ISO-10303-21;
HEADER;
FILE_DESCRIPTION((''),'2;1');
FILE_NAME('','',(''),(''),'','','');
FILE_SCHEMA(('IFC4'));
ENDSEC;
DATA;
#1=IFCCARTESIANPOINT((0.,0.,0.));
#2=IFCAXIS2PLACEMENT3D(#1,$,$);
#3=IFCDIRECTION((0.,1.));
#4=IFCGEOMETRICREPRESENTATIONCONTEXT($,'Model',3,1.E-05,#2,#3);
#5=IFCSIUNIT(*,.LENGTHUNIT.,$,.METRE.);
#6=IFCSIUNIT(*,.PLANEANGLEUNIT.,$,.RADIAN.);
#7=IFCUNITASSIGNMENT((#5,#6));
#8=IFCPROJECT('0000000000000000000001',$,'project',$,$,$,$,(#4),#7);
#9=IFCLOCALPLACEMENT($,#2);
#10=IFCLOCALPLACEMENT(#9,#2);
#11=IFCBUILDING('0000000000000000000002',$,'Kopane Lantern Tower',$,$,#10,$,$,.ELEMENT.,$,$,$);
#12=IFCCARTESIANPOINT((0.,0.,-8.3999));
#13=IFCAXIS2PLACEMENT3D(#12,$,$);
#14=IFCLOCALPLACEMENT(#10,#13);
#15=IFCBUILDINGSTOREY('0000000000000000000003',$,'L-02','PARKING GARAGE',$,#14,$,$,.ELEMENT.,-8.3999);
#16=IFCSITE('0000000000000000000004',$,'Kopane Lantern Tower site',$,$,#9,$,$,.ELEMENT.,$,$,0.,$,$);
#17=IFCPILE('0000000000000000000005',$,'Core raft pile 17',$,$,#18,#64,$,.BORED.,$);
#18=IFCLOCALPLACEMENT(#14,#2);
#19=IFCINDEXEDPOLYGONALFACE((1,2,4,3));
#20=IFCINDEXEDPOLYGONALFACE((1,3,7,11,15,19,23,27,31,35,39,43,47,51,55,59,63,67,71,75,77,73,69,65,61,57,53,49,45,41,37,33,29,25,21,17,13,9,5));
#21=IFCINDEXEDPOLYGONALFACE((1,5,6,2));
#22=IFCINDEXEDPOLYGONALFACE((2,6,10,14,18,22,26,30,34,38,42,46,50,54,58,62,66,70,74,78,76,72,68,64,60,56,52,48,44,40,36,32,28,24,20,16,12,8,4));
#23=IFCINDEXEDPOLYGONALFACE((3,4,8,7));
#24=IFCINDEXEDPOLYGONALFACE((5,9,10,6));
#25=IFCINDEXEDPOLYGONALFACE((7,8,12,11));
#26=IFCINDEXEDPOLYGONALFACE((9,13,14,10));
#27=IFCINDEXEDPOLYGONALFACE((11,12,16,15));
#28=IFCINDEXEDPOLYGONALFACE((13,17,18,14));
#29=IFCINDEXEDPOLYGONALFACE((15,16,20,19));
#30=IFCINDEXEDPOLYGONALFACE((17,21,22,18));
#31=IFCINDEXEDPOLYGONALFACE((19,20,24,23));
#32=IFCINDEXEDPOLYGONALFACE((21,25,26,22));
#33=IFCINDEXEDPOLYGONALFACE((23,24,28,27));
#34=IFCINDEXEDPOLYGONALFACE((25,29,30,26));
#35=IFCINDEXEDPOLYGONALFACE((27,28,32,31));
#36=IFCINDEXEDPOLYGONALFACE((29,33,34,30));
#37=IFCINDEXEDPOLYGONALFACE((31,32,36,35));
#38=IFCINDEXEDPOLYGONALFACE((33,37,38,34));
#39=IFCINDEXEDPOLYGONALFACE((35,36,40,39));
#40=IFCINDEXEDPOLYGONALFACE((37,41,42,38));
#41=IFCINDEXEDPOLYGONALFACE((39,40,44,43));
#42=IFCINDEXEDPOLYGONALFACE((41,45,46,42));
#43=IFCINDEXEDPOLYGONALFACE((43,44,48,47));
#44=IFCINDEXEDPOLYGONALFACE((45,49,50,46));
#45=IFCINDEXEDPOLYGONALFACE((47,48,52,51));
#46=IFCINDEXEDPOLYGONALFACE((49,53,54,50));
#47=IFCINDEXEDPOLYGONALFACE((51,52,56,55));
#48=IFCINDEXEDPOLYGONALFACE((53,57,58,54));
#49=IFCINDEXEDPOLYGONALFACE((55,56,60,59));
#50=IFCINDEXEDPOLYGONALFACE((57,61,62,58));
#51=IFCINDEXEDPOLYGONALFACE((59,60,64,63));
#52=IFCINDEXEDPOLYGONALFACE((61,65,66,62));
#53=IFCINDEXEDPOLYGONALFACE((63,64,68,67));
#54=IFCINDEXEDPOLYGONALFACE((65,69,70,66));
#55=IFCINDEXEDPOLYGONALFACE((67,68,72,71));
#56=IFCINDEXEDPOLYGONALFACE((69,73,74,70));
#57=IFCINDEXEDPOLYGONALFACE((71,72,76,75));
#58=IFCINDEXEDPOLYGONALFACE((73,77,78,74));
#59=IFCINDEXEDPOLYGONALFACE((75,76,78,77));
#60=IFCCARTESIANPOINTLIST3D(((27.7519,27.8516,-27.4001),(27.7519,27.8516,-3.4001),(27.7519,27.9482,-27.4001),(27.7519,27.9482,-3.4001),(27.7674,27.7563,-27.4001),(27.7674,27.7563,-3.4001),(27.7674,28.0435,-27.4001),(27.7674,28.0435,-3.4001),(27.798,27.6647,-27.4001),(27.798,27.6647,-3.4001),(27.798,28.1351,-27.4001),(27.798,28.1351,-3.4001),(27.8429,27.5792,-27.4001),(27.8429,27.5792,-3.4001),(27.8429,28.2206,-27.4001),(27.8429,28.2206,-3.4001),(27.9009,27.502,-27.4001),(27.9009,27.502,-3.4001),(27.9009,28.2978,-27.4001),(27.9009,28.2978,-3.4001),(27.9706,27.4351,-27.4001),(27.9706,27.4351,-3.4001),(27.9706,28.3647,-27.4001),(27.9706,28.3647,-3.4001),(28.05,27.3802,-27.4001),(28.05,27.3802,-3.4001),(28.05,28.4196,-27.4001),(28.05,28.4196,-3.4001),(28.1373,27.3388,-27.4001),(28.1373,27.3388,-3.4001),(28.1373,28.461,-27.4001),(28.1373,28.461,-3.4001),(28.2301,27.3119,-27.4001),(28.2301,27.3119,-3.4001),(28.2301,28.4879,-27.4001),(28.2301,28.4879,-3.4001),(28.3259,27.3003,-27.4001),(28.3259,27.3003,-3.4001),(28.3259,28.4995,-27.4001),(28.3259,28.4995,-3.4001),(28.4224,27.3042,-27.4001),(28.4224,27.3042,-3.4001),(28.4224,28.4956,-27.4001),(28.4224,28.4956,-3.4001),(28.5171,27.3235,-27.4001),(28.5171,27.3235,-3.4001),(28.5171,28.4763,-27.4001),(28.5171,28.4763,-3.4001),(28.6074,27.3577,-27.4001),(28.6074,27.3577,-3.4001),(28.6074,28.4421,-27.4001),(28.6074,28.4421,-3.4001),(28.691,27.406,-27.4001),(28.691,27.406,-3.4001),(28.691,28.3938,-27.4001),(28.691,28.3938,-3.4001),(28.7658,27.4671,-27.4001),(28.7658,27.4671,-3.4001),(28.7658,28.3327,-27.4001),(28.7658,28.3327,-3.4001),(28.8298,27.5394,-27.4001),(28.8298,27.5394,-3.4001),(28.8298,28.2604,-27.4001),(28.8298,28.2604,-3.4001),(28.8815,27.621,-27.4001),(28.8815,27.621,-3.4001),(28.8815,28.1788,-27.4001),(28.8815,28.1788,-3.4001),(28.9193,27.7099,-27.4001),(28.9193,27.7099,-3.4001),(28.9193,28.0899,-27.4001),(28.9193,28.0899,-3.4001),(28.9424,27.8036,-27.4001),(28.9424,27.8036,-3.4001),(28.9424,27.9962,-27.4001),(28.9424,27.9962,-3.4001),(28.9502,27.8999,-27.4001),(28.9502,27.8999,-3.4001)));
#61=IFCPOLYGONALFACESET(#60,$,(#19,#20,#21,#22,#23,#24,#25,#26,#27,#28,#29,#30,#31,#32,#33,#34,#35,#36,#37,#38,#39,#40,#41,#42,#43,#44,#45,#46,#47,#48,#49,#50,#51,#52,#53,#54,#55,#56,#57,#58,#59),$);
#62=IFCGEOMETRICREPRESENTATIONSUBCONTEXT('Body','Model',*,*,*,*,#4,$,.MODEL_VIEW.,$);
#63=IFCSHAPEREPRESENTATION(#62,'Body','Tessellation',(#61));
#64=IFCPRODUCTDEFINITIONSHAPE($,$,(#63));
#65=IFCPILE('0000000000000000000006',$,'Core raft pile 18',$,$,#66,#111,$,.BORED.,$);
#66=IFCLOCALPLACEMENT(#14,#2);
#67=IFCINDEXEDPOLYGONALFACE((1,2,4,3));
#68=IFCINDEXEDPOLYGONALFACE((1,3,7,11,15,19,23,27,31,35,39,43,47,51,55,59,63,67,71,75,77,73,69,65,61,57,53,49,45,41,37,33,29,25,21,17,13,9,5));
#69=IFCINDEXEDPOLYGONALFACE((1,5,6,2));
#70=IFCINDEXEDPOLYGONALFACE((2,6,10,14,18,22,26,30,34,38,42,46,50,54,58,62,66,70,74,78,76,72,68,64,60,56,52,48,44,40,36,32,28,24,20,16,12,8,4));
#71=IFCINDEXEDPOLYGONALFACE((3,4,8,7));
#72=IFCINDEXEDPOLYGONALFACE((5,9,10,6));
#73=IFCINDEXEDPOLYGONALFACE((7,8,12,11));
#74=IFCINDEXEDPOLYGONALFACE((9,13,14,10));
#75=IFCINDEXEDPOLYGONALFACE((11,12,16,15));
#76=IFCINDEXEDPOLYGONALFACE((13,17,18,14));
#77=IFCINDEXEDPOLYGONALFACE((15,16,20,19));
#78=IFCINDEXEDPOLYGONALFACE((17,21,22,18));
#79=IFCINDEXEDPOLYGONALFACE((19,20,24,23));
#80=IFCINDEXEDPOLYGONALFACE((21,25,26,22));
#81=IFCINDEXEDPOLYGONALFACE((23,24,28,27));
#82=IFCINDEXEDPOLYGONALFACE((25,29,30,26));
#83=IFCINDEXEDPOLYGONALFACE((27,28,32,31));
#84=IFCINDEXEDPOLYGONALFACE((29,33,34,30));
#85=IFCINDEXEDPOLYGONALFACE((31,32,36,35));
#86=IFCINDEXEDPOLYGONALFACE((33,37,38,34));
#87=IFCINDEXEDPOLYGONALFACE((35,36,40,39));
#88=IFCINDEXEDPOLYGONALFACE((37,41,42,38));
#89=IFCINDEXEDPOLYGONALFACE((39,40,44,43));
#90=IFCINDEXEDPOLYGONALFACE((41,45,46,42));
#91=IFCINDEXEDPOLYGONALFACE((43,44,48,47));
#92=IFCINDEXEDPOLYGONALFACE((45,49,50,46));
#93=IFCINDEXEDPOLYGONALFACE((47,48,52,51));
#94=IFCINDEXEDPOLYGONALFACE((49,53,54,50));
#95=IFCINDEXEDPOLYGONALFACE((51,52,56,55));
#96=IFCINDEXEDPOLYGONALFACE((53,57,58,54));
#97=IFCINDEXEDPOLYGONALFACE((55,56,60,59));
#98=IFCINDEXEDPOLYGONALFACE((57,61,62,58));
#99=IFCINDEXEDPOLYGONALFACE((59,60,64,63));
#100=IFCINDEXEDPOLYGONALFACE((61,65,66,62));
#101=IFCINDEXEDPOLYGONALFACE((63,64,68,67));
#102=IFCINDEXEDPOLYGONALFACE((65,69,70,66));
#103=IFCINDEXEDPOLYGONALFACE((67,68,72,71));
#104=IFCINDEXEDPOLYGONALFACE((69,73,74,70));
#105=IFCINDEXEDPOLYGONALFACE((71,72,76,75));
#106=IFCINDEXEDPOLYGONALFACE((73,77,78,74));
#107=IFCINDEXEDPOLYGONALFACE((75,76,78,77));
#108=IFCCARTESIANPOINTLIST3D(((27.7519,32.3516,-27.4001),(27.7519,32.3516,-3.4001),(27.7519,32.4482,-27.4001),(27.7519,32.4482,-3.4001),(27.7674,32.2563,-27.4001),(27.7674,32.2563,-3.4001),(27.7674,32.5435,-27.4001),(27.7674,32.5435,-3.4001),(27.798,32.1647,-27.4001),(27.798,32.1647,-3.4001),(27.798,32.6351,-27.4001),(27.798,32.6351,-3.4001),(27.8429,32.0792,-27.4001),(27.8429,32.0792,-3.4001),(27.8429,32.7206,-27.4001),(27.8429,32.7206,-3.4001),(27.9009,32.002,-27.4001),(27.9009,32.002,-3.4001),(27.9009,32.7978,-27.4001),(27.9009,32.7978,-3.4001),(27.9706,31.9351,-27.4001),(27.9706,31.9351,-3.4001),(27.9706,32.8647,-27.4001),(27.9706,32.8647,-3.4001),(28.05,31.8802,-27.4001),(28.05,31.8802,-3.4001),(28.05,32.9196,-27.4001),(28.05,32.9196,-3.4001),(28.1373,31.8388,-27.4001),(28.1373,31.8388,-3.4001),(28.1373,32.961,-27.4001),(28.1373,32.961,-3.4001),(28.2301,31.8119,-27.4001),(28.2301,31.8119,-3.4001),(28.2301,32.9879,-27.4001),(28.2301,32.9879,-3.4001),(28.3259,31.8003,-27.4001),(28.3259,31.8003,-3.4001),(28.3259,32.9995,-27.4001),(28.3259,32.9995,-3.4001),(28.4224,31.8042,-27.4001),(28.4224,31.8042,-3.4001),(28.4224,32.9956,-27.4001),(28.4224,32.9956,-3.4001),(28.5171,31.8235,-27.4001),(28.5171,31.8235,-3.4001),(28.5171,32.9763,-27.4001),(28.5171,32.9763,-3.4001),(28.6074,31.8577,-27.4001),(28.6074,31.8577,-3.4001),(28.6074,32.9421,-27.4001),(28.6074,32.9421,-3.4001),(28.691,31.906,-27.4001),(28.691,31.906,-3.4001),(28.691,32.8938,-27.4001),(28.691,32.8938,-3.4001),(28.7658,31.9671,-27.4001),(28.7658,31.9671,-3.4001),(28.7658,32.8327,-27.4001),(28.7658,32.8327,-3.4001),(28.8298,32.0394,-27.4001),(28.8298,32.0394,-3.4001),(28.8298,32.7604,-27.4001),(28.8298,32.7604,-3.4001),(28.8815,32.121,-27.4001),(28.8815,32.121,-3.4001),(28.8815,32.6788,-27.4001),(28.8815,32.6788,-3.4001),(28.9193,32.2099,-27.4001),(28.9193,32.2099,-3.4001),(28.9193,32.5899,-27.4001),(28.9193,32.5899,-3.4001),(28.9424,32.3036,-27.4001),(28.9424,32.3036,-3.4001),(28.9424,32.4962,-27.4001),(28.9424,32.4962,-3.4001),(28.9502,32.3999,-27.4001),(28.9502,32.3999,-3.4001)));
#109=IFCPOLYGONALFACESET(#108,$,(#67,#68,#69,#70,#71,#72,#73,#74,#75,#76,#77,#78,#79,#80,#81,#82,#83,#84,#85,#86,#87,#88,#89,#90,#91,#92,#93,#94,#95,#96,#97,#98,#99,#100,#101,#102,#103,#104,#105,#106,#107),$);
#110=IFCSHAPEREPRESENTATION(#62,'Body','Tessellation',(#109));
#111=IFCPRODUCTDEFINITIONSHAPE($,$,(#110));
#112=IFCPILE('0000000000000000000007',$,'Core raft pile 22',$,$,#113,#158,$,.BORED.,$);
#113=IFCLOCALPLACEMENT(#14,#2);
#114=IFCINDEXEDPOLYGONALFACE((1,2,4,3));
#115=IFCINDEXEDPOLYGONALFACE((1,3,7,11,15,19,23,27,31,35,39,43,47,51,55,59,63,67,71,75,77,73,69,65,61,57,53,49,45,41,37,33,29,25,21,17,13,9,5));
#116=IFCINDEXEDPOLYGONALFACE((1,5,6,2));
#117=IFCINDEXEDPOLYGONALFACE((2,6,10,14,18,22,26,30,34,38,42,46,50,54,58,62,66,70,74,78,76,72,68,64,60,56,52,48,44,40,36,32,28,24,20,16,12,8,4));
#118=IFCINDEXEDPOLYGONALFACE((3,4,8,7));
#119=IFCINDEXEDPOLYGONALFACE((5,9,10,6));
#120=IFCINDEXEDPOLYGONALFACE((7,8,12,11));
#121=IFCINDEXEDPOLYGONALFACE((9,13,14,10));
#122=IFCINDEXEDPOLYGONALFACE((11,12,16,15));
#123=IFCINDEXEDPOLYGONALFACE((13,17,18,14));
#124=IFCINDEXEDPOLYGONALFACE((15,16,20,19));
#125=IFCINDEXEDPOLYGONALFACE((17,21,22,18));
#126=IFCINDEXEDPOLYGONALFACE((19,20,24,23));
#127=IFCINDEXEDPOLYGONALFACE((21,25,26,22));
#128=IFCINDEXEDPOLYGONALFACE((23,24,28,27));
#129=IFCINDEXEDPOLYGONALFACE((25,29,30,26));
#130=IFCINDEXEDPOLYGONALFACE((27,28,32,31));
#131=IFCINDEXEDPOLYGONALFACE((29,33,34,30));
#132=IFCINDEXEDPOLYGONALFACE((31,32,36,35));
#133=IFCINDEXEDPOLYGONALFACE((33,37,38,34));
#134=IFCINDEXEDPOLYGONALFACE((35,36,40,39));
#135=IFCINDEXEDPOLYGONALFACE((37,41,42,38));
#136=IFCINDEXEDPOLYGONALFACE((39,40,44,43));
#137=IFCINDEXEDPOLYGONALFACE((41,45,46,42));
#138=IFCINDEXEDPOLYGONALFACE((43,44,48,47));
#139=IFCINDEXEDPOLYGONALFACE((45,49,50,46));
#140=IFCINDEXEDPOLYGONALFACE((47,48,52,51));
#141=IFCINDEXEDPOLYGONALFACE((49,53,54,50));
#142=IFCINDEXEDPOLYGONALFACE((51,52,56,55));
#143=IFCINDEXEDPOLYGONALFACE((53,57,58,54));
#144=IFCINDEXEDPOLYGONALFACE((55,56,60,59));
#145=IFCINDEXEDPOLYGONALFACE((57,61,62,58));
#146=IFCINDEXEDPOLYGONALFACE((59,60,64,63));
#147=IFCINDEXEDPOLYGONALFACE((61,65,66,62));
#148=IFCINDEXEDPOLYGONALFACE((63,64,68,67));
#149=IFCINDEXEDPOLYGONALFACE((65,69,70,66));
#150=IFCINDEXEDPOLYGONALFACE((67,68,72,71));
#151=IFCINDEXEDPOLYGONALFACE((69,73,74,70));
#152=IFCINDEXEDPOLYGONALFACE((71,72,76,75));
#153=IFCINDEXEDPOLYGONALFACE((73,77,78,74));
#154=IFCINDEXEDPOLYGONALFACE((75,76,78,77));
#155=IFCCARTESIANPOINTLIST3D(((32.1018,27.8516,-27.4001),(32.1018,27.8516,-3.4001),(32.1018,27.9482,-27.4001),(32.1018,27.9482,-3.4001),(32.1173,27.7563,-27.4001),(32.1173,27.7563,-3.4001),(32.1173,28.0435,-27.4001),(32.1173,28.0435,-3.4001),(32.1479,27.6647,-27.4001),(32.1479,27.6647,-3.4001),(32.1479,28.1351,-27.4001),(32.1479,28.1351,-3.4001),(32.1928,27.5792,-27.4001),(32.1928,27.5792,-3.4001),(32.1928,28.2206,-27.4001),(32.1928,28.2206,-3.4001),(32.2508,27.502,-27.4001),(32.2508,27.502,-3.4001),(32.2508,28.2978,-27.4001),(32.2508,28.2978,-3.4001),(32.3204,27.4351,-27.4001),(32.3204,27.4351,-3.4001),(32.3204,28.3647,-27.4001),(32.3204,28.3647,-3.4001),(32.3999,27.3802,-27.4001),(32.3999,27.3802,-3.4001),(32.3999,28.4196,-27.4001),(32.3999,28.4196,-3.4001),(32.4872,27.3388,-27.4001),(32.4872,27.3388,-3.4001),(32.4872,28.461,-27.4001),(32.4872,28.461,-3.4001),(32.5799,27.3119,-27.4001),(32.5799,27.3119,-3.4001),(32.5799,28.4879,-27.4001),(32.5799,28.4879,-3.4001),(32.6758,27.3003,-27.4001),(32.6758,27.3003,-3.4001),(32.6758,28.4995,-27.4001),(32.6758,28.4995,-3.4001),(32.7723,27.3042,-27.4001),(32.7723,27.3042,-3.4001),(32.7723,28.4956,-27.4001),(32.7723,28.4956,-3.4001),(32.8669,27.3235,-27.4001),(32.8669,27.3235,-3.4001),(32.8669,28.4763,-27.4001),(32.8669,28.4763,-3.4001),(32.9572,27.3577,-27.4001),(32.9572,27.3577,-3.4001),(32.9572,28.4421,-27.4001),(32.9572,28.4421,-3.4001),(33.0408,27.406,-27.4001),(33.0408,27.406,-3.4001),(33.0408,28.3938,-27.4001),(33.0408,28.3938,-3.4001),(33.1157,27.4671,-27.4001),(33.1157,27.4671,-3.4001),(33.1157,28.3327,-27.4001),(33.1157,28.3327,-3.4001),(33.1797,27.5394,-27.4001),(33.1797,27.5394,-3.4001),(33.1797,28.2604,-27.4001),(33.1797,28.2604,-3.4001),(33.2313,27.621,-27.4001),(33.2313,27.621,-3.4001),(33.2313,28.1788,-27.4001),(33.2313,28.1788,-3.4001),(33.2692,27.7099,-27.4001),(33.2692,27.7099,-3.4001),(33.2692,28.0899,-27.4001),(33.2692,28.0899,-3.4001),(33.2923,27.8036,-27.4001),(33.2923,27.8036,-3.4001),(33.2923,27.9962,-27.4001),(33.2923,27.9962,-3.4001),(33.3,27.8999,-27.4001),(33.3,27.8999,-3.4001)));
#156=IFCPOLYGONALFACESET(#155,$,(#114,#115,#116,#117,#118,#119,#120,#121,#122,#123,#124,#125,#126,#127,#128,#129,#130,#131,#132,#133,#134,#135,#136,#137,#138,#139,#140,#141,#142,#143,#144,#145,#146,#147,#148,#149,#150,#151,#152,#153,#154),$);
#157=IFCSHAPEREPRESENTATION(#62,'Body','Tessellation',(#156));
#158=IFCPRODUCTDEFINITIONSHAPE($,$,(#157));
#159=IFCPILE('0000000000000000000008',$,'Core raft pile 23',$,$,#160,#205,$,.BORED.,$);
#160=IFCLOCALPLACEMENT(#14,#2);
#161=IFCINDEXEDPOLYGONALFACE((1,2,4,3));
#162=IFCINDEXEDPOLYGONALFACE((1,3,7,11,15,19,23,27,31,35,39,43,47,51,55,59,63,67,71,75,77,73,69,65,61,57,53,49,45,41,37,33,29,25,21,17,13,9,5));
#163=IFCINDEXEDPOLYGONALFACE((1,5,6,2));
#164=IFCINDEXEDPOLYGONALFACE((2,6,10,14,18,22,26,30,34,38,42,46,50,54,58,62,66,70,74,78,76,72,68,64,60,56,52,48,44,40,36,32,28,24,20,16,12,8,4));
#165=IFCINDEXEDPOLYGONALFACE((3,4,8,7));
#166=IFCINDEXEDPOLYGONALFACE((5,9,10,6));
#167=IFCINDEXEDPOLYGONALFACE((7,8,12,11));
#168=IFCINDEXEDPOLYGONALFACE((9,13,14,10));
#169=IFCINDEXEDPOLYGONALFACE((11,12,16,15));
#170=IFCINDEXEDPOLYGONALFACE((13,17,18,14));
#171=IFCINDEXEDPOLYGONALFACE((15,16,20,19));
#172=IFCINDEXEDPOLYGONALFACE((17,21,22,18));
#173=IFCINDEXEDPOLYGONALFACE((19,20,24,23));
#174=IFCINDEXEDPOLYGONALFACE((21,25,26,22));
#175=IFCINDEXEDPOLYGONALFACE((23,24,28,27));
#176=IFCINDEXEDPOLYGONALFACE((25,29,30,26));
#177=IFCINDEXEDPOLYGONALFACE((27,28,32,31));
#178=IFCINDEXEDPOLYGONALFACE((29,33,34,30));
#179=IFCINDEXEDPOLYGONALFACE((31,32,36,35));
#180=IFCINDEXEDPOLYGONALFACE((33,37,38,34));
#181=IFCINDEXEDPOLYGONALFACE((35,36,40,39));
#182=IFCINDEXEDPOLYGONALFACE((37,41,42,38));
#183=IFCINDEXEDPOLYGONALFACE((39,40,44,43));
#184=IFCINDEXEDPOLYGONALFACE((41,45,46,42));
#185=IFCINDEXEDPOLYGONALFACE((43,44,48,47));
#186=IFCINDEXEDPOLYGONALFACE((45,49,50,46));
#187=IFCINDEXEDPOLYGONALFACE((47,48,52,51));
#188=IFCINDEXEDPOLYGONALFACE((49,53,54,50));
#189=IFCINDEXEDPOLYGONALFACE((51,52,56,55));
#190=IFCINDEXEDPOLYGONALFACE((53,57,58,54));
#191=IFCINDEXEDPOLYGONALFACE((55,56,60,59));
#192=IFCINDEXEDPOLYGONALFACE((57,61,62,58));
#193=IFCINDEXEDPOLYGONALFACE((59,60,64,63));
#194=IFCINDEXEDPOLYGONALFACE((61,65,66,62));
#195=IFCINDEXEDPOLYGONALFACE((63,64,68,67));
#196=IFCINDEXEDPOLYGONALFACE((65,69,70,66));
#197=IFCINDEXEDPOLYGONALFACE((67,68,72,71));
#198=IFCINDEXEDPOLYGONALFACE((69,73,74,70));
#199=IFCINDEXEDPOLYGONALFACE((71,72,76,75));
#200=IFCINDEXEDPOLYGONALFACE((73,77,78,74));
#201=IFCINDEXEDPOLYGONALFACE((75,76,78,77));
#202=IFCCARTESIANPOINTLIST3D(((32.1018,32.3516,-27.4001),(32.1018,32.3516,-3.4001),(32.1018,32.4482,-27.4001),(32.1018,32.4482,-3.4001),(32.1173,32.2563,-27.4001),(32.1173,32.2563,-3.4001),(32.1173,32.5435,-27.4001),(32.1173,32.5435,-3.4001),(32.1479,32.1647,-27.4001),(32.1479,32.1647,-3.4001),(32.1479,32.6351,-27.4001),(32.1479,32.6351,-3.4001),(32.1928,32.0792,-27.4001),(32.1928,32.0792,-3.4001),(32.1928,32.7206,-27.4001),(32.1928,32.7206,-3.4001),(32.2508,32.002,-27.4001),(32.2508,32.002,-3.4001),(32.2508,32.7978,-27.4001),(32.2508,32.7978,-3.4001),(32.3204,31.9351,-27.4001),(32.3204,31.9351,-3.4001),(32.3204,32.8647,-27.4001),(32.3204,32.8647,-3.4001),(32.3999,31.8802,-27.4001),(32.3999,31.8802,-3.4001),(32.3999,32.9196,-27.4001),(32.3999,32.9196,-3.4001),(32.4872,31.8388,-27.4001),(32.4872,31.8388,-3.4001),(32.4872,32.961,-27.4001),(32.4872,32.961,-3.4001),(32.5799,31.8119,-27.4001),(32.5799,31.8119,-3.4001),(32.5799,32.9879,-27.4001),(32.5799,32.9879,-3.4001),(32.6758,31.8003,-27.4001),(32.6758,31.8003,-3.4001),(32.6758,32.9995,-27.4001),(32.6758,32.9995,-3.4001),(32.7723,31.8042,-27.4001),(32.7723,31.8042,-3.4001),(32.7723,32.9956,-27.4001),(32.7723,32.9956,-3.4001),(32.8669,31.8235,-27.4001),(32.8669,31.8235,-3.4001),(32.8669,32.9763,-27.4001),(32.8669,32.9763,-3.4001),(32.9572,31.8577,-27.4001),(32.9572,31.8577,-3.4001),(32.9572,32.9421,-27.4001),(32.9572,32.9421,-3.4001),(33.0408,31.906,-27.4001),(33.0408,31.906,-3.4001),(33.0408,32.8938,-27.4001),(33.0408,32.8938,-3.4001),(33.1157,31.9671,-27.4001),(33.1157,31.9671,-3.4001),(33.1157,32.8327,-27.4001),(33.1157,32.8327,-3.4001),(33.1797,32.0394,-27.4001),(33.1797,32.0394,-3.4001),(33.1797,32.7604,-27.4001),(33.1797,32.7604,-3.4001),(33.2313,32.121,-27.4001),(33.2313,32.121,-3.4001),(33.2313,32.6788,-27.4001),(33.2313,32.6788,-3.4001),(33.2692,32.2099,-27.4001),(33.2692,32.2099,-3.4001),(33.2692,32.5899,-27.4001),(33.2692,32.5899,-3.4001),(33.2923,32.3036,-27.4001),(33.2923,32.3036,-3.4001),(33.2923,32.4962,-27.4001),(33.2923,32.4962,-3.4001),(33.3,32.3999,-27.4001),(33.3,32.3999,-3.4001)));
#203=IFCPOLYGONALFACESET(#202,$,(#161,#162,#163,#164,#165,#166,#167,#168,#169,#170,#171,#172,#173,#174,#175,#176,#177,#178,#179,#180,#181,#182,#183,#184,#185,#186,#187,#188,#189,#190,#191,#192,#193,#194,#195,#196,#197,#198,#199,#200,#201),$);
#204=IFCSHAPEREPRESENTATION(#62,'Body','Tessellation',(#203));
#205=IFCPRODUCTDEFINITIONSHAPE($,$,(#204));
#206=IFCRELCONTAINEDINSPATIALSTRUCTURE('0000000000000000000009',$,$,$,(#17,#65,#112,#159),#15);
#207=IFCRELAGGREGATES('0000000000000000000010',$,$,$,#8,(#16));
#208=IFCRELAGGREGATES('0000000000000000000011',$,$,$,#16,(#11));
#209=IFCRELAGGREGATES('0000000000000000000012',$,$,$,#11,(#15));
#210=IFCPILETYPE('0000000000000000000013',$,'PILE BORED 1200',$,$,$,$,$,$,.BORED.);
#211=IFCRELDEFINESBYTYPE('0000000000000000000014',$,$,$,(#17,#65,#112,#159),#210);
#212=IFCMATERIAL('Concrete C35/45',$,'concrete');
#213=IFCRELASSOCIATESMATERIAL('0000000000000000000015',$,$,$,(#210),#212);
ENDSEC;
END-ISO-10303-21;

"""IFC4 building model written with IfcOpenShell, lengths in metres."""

from ifc_helpers import new_model, si_unit, direction, frame, origin, origin_2d, place, context, subcontext, project, spatial, circle, extrude, material, material_profile, profile_set, type_object, element, save


model = new_model("IFC4")

# Units and contexts
model_context = context("Model", 3, precision=1e-05, world=origin(), true_north=direction((0.0, 1.0)))
body_context = subcontext(model_context, "Body", "Model", "MODEL_VIEW")
ifc_project = project(units=[si_unit("LENGTHUNIT", "METRE"), si_unit("PLANEANGLEUNIT", "RADIAN")], contexts=[model_context])

# Site, building, storey
site_placement = place(None, origin())
site = spatial("IfcSite", under=ifc_project, at=site_placement, Name="Kopane Lantern Tower site", CompositionType="ELEMENT", RefElevation=0.0)
building_placement = place(site_placement, origin())
building = spatial("IfcBuilding", under=site, at=building_placement, Name="Kopane Lantern Tower", CompositionType="ELEMENT")
storey_placement = place(building_placement, frame((0.0, 0.0, -8.3999)))
storey = spatial("IfcBuildingStorey", under=building, at=storey_placement, Name="L-02", Description="PARKING GARAGE", CompositionType="ELEMENT", Elevation=-8.3999)

# Piles
ifc_material_1 = material(Name="Concrete C35/45", Category="concrete")
ifc_material_profile_1 = material_profile(ifc_material_1, circle(Radius=0.6001, at=origin_2d()), Name="D1200")
ifc_profile_set_1 = profile_set([ifc_material_profile_1], Name="Concrete C35/45")
pile_type = type_object("IfcPileType", Name="PILE BORED 1200", PredefinedType="BORED", material=ifc_profile_set_1)
for number, where, z_axis, x_axis, name in (
    (1, (28.3501, 27.8999, -3.4001), (0.0, 0.0, -1.0), (1.0, 0.0, 0.0), "Core raft pile 17"),
    (2, (28.3501, 32.3999, -3.4001), (0.0, 0.0, -1.0), (1.0, 0.0, 0.0), "Core raft pile 18"),
    (3, (32.7, 27.8999, -3.4001), (0.0, 0.0, -1.0), (1.0, 0.0, 0.0), "Core raft pile 22"),
    (4, (32.7, 32.3999, -3.4001), (0.0, 0.0, -1.0), (1.0, 0.0, 0.0), "Core raft pile 23"),
):
    element("IfcPile", number, at=place(storey_placement, frame(where, z_axis=z_axis, x_axis=x_axis)), inside=storey, type_object=pile_type, Name=name, PredefinedType="BORED", context=body_context, shape_type="SweptSolid", body=[
        extrude(circle(Radius=0.6001, at=origin_2d()), origin(), (0.0, 0.0, 1.0), 24.0),
    ])

save(model, "model.ifc")
